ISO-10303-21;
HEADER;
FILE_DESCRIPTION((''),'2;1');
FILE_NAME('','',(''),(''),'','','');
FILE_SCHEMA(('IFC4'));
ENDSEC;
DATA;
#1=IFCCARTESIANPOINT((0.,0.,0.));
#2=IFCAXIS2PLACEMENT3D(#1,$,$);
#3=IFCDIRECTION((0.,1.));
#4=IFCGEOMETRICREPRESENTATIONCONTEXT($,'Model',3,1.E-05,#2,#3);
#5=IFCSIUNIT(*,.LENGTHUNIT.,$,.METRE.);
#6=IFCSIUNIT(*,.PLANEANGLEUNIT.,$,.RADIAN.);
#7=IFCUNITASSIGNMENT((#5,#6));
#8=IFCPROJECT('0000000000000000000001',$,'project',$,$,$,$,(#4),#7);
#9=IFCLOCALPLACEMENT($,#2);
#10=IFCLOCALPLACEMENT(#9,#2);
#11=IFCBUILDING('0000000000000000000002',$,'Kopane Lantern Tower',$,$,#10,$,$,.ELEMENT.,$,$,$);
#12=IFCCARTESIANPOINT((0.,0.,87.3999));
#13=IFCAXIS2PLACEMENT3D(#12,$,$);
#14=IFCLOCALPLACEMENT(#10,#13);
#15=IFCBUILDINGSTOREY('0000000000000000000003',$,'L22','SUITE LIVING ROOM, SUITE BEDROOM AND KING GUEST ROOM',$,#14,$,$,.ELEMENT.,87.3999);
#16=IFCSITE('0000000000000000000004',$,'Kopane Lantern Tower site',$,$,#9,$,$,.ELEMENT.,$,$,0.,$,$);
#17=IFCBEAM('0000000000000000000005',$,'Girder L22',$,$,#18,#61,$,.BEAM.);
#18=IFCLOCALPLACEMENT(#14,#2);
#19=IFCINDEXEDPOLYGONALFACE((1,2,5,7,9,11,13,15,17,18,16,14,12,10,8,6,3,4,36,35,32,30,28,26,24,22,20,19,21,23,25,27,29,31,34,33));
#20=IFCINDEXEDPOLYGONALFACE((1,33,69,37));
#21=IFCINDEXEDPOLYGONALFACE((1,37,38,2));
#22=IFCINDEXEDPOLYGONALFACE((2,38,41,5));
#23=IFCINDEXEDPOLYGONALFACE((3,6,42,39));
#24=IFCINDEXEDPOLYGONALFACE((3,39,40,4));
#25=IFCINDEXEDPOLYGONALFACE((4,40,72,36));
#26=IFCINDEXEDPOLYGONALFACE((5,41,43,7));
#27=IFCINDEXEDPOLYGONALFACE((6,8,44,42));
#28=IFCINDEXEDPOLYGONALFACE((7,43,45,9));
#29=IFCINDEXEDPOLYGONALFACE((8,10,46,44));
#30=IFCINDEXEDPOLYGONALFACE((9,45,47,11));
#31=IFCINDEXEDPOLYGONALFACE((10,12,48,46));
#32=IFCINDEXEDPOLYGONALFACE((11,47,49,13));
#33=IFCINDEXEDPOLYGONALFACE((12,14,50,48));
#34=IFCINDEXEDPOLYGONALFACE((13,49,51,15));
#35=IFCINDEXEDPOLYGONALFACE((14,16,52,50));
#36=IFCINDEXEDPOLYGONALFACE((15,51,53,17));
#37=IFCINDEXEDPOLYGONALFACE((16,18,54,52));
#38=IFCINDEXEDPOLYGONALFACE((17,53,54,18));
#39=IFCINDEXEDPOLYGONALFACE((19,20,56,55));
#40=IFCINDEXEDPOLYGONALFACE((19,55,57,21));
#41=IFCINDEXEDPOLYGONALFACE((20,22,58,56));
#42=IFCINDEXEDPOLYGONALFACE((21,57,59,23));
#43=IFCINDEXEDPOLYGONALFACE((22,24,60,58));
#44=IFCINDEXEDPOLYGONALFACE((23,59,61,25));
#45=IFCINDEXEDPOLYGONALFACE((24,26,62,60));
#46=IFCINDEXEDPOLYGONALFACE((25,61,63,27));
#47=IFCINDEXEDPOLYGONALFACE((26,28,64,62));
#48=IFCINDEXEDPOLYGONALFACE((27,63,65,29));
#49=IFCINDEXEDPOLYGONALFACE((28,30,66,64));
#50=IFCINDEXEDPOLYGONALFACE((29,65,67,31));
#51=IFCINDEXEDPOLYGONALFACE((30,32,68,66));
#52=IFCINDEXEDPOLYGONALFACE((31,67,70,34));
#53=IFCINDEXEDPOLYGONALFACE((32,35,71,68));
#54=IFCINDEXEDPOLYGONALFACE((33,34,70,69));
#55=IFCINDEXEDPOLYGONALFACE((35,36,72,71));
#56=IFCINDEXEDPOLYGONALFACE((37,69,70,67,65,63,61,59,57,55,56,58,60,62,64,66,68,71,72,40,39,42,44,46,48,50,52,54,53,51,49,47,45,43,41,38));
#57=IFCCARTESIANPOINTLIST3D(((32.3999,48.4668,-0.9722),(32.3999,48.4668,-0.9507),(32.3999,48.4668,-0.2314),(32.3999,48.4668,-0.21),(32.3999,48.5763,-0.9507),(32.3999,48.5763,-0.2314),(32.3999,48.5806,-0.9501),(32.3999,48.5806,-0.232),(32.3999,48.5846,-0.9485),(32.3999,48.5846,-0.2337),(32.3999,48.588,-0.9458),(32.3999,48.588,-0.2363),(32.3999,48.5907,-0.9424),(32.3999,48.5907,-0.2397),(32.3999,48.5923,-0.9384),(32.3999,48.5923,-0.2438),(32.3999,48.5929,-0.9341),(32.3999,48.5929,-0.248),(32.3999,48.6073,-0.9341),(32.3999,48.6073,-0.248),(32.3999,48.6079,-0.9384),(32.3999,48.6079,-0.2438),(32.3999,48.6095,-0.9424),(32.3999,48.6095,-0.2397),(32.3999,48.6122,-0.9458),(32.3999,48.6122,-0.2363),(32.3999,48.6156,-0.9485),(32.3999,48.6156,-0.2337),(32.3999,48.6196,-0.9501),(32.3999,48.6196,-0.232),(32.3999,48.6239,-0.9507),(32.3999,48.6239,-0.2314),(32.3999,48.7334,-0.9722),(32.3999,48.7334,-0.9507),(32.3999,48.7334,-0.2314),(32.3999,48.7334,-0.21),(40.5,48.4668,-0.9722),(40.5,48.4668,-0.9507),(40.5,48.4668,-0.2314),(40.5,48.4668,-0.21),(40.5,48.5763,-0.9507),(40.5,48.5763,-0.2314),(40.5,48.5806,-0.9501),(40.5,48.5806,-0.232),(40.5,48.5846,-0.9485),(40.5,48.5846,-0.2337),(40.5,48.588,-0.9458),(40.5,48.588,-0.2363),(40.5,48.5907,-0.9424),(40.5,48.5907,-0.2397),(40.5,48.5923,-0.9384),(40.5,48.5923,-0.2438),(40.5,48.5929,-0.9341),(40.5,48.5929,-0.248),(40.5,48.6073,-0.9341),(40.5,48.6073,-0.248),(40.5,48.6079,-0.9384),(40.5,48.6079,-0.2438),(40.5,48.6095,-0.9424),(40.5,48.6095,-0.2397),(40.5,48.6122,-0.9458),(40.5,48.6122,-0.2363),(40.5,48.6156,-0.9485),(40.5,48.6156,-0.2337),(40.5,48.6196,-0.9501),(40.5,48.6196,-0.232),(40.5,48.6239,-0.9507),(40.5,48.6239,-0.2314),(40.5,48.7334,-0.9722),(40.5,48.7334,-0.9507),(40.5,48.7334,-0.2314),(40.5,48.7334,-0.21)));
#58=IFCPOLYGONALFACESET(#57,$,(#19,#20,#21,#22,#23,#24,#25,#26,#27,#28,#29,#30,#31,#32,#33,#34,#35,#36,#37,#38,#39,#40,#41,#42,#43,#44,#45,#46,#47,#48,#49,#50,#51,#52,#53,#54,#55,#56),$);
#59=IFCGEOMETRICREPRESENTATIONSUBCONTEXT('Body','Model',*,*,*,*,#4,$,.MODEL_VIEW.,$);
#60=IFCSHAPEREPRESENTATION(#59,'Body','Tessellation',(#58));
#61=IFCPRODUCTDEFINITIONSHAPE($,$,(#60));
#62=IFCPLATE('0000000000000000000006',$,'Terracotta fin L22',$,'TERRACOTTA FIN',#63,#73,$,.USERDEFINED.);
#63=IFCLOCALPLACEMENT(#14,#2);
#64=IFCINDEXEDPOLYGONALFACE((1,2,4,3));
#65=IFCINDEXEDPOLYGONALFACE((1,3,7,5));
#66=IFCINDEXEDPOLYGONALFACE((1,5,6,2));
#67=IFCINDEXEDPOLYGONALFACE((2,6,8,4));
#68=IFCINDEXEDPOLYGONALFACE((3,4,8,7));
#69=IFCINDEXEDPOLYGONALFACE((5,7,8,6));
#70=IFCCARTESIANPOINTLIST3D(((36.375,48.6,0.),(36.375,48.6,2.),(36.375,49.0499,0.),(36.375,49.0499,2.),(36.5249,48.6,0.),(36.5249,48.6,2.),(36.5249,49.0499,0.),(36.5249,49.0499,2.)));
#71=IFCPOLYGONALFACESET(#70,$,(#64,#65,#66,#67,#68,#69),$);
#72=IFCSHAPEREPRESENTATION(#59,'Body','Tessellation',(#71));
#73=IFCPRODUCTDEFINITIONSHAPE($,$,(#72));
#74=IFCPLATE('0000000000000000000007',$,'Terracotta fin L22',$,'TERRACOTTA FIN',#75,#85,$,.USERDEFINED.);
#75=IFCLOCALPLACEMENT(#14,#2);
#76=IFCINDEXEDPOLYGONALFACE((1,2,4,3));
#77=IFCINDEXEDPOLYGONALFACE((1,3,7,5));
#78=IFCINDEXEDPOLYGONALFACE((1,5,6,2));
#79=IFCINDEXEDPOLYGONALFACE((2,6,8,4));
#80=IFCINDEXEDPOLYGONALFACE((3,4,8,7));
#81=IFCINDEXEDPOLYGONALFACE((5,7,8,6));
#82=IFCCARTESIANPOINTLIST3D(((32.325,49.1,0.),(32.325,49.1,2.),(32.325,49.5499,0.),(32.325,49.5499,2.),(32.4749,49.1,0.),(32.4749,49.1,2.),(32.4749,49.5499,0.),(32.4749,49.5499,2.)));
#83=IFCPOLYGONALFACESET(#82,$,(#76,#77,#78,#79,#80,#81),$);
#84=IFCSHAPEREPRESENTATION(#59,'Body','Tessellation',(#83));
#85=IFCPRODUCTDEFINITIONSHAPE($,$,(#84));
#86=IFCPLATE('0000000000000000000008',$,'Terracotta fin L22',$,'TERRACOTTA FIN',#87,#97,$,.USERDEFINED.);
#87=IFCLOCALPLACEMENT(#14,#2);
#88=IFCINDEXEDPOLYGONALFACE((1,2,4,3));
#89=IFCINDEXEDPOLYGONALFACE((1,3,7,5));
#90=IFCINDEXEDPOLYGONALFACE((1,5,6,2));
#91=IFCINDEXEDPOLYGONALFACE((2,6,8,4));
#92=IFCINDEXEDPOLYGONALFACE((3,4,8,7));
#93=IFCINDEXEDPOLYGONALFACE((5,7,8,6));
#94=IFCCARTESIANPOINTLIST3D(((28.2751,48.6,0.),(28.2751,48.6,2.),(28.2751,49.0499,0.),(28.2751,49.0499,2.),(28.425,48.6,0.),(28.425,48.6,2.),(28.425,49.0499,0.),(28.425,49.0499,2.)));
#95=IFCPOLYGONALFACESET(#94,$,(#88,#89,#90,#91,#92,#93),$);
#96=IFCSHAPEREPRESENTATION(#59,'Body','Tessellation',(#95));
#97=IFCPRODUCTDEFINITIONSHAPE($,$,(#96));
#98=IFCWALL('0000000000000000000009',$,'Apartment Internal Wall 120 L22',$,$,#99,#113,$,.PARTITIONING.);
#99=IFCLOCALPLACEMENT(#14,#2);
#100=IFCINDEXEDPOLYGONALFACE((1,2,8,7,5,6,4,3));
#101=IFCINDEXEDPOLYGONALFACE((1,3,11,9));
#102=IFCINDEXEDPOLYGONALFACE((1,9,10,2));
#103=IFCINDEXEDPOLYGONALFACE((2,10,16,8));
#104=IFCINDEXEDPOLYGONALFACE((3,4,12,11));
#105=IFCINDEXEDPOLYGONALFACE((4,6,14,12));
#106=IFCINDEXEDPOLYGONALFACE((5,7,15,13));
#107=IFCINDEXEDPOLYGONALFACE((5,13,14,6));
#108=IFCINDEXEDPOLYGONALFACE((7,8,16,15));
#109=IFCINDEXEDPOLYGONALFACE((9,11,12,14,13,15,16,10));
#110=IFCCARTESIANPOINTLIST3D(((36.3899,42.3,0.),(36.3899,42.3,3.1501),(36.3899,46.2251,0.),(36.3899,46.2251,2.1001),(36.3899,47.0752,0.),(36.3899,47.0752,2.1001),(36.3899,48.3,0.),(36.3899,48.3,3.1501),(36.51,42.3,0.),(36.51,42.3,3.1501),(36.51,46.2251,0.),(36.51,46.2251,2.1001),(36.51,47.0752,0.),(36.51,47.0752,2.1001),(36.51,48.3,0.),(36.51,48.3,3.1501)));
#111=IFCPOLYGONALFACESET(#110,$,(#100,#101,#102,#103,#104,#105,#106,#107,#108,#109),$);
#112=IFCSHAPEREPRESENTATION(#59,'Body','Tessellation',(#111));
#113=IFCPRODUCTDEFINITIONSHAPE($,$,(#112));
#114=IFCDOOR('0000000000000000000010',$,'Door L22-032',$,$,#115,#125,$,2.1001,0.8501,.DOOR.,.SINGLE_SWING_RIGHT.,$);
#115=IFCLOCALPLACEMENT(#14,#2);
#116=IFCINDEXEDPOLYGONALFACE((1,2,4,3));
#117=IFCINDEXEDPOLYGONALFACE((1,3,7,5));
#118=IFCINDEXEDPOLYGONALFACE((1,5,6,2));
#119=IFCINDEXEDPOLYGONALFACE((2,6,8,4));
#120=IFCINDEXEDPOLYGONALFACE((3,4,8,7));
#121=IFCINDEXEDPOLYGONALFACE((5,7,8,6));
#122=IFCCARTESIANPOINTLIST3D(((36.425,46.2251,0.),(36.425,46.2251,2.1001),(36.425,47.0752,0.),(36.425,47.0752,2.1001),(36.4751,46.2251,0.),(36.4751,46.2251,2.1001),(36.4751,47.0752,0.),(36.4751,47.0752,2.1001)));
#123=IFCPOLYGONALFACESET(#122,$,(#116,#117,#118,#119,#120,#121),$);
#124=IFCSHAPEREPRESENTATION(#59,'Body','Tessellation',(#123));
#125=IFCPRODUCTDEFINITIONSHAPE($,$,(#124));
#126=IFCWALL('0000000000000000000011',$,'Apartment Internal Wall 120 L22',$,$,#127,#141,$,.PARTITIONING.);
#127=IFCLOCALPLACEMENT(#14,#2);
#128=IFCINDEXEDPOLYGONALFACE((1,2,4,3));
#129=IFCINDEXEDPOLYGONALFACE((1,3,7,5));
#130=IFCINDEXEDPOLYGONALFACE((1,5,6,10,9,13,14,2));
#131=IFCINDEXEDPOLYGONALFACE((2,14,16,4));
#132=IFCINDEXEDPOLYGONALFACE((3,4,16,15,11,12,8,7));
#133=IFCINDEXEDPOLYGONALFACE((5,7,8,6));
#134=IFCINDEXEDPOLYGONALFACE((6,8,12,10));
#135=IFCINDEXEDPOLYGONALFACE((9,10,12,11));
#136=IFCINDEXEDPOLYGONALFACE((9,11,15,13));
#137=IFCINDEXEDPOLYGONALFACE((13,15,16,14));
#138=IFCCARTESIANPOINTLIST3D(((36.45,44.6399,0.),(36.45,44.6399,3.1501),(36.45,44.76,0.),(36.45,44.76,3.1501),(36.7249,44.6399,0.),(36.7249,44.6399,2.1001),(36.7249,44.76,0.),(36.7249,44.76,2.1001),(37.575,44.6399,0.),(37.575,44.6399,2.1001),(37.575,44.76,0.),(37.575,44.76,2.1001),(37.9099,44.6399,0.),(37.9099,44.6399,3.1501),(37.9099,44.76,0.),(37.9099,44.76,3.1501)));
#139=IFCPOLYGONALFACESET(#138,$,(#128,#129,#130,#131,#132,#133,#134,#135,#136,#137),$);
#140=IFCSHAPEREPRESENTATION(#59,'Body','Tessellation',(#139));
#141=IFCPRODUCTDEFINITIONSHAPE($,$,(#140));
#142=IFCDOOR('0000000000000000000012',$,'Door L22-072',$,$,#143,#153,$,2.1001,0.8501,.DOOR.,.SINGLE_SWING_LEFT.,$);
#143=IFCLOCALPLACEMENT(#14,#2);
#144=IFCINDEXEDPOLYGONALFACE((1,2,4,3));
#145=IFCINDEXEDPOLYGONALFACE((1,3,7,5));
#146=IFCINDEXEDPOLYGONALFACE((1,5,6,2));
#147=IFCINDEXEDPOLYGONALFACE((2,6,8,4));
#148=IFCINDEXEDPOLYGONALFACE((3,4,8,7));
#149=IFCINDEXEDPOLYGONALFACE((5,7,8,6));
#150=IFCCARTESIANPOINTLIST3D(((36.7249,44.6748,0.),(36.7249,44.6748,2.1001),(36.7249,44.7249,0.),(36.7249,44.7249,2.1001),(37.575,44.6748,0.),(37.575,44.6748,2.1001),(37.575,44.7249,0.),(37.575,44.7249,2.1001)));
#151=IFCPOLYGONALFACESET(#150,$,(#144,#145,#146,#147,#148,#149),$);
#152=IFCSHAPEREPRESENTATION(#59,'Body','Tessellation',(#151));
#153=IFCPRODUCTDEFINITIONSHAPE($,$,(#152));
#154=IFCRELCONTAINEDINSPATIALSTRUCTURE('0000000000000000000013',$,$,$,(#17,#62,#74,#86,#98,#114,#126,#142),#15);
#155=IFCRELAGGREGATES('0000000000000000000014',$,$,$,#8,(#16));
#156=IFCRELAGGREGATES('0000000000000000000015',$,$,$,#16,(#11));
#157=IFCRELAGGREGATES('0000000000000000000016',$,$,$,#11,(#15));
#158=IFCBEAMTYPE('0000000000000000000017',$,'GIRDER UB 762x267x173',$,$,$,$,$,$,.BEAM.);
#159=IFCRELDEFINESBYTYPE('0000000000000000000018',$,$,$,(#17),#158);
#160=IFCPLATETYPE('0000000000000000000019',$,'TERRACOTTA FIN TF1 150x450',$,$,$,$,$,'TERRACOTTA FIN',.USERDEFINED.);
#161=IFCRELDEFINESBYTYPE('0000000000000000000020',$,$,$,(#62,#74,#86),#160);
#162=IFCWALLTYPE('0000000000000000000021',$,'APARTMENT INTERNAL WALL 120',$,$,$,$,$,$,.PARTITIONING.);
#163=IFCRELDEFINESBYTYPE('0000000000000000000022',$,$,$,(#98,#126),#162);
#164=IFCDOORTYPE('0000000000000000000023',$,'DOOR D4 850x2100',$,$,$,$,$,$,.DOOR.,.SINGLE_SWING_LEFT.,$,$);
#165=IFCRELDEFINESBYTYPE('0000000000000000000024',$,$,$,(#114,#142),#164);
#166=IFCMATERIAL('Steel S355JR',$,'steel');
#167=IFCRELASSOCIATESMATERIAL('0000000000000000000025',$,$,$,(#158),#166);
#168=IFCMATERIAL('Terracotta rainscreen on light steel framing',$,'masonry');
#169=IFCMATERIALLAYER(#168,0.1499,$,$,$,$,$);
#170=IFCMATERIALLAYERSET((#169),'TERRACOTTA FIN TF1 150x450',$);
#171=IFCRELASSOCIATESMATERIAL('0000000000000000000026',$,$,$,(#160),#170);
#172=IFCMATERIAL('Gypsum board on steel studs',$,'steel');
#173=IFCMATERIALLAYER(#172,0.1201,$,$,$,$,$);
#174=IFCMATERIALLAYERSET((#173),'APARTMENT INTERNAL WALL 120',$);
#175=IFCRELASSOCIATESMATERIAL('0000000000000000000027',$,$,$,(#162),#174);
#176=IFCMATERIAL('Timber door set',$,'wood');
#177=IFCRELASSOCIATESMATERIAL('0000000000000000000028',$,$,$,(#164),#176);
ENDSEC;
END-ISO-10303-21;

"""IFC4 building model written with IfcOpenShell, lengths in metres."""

from ifc_helpers import new_model, si_unit, direction, frame, frame_2d, origin, origin_2d, place, context, subcontext, project, spatial, rectangle, i_section, extrude, material, layer, layer_set, material_profile, profile_set, type_object, element, fill, save


model = new_model("IFC4")

# Units and contexts
model_context = context("Model", 3, precision=1e-05, world=origin(), true_north=direction((0.0, 1.0)))
body_context = subcontext(model_context, "Body", "Model", "MODEL_VIEW")
ifc_project = project(units=[si_unit("LENGTHUNIT", "METRE"), si_unit("PLANEANGLEUNIT", "RADIAN")], contexts=[model_context])

# Site, building, storey
site_placement = place(None, origin())
site = spatial("IfcSite", under=ifc_project, at=site_placement, Name="Kopane Lantern Tower site", CompositionType="ELEMENT", RefElevation=0.0)
building_placement = place(site_placement, origin())
building = spatial("IfcBuilding", under=site, at=building_placement, Name="Kopane Lantern Tower", CompositionType="ELEMENT")
storey_placement = place(building_placement, frame((0.0, 0.0, 87.3999)))
storey = spatial("IfcBuildingStorey", under=building, at=storey_placement, Name="L22", Description="SUITE LIVING ROOM, SUITE BEDROOM AND KING GUEST ROOM", CompositionType="ELEMENT", Elevation=87.3999)

# Beam
ifc_material_1 = material(Name="Steel S355JR", Category="steel")
ifc_material_profile_1 = material_profile(ifc_material_1, i_section(OverallWidth=0.2666, OverallDepth=0.7622, WebThickness=0.0144, FlangeThickness=0.0215, FilletRadius=0.0166, at=origin_2d()), Name="UB 762x267x173")
ifc_profile_set_1 = profile_set([ifc_material_profile_1], Name="Steel S355JR")
beam_type = type_object("IfcBeamType", Name="GIRDER UB 762x267x173", PredefinedType="BEAM", material=ifc_profile_set_1)
for number, where, z_axis, x_axis, name in (
    (1, (32.3999, 48.6001, -0.5911), (1.0, 0.0, 0.0), (0.0, 1.0, 0.0), "Girder L22"),
):
    element("IfcBeam", number, at=place(storey_placement, frame(where, z_axis=z_axis, x_axis=x_axis)), inside=storey, type_object=beam_type, Name=name, PredefinedType="BEAM", context=body_context, shape_type="SweptSolid", body=[
        extrude(i_section(OverallWidth=0.2666, OverallDepth=0.7622, WebThickness=0.0144, FlangeThickness=0.0215, FilletRadius=0.0166, at=origin_2d()), origin(), (0.0, 0.0, 1.0), 8.1001),
    ])

# Plates
ifc_material_2 = material(Name="Terracotta rainscreen on light steel framing", Category="masonry")
ifc_layer_1 = layer(ifc_material_2, 0.1499)
ifc_layer_set_1 = layer_set([ifc_layer_1], Name="TERRACOTTA FIN TF1 150x450")
plate_type = type_object("IfcPlateType", Name="TERRACOTTA FIN TF1 150x450", ElementType="TERRACOTTA FIN", PredefinedType="USERDEFINED", material=ifc_layer_set_1)
for number, where, z_axis, x_axis, name in (
    (2, (36.45, 48.825, 0.0), (0.0, 0.0, 1.0), (-1.0, 0.0, 0.0), "Terracotta fin L22"),
    (3, (32.3999, 49.325, 0.0), (0.0, 0.0, 1.0), (-1.0, 0.0, 0.0), "Terracotta fin L22"),
    (4, (28.3501, 48.825, 0.0), (0.0, 0.0, 1.0), (-1.0, 0.0, 0.0), "Terracotta fin L22"),
):
    element("IfcPlate", number, at=place(storey_placement, frame(where, z_axis=z_axis, x_axis=x_axis)), inside=storey, type_object=plate_type, Name=name, ObjectType="TERRACOTTA FIN", PredefinedType="USERDEFINED", context=body_context, shape_type="SweptSolid", body=[
        extrude(rectangle(XDim=0.1499, YDim=0.45, at=origin_2d()), origin(), (0.0, 0.0, 1.0), 2.0),
    ])

# Walls, openings, doors
ifc_material_3 = material(Name="Gypsum board on steel studs", Category="steel")
ifc_layer_2 = layer(ifc_material_3, 0.1201)
ifc_layer_set_2 = layer_set([ifc_layer_2], Name="APARTMENT INTERNAL WALL 120")
wall_type_1 = type_object("IfcWallType", Name="APARTMENT INTERNAL WALL 120", PredefinedType="PARTITIONING", material=ifc_layer_set_2)
wall_1_placement = place(storey_placement, frame((36.45, 42.3, 0.0), z_axis=(0.0, 0.0, 1.0), x_axis=(0.0, 1.0, 0.0)))
wall_1 = element("IfcWall", 5, at=wall_1_placement, inside=storey, type_object=wall_type_1, Name="Apartment Internal Wall 120 L22", PredefinedType="PARTITIONING", context=body_context, shape_type="SweptSolid", body=[
    extrude(rectangle(XDim=6.0, YDim=0.1201, at=frame_2d((3.0, 0.0))), origin(), (0.0, 0.0, 1.0), 3.1501),
])
opening_1_placement = place(wall_1_placement, frame((3.925, 0.0, 0.0)))
opening_1 = element("IfcOpeningElement", 6, at=opening_1_placement, cuts=wall_1, PredefinedType="OPENING", context=body_context, shape_type="SweptSolid", body=[
    extrude(rectangle(XDim=0.8501, YDim=2.1001, at=frame_2d((0.425, 1.05))), frame((0.0, 0.0701, 0.0), z_axis=(0.0, -1.0, 0.0), x_axis=(1.0, 0.0, 0.0)), (0.0, 0.0, 1.0), 0.1401),
])
ifc_material_4 = material(Name="Timber door set", Category="wood")
door_type_1 = type_object("IfcDoorType", Name="DOOR D4 850x2100", OperationType="SINGLE_SWING_LEFT", PredefinedType="DOOR", material=ifc_material_4)
door_1_placement = place(opening_1_placement, origin())
door_1 = element("IfcDoor", 7, at=door_1_placement, inside=storey, type_object=door_type_1, Name="Door L22-032", OperationType="SINGLE_SWING_RIGHT", OverallHeight=2.1001, OverallWidth=0.8501, PredefinedType="DOOR", context=body_context, shape_type="SweptSolid", body=[
    extrude(rectangle(XDim=0.8501, YDim=2.1001, at=frame_2d((0.425, 1.05))), frame((0.0, 0.0249, 0.0), z_axis=(0.0, -1.0, 0.0), x_axis=(1.0, 0.0, 0.0)), (0.0, 0.0, 1.0), 0.05),
])
fill(opening_1, door_1)
wall_2_placement = place(storey_placement, frame((36.45, 44.7, 0.0), z_axis=(0.0, 0.0, 1.0), x_axis=(1.0, 0.0, 0.0)))
wall_2 = element("IfcWall", 8, at=wall_2_placement, inside=storey, type_object=wall_type_1, Name="Apartment Internal Wall 120 L22", PredefinedType="PARTITIONING", context=body_context, shape_type="SweptSolid", body=[
    extrude(rectangle(XDim=1.46, YDim=0.1201, at=frame_2d((0.73, 0.0))), origin(), (0.0, 0.0, 1.0), 3.1501),
])
opening_2_placement = place(wall_2_placement, frame((0.2749, 0.0, 0.0)))
opening_2 = element("IfcOpeningElement", 9, at=opening_2_placement, cuts=wall_2, PredefinedType="OPENING", context=body_context, shape_type="SweptSolid", body=[
    extrude(rectangle(XDim=0.8501, YDim=2.1001, at=frame_2d((0.425, 1.05))), frame((0.0, 0.0701, 0.0), z_axis=(0.0, -1.0, 0.0), x_axis=(1.0, 0.0, 0.0)), (0.0, 0.0, 1.0), 0.1401),
])
door_2_placement = place(opening_2_placement, origin())
door_2 = element("IfcDoor", 10, at=door_2_placement, inside=storey, type_object=door_type_1, Name="Door L22-072", OperationType="SINGLE_SWING_LEFT", OverallHeight=2.1001, OverallWidth=0.8501, PredefinedType="DOOR", context=body_context, shape_type="SweptSolid", body=[
    extrude(rectangle(XDim=0.8501, YDim=2.1001, at=frame_2d((0.425, 1.05))), frame((0.0, 0.0249, 0.0), z_axis=(0.0, -1.0, 0.0), x_axis=(1.0, 0.0, 0.0)), (0.0, 0.0, 1.0), 0.05),
])
fill(opening_2, door_2)

save(model, "model.ifc")
